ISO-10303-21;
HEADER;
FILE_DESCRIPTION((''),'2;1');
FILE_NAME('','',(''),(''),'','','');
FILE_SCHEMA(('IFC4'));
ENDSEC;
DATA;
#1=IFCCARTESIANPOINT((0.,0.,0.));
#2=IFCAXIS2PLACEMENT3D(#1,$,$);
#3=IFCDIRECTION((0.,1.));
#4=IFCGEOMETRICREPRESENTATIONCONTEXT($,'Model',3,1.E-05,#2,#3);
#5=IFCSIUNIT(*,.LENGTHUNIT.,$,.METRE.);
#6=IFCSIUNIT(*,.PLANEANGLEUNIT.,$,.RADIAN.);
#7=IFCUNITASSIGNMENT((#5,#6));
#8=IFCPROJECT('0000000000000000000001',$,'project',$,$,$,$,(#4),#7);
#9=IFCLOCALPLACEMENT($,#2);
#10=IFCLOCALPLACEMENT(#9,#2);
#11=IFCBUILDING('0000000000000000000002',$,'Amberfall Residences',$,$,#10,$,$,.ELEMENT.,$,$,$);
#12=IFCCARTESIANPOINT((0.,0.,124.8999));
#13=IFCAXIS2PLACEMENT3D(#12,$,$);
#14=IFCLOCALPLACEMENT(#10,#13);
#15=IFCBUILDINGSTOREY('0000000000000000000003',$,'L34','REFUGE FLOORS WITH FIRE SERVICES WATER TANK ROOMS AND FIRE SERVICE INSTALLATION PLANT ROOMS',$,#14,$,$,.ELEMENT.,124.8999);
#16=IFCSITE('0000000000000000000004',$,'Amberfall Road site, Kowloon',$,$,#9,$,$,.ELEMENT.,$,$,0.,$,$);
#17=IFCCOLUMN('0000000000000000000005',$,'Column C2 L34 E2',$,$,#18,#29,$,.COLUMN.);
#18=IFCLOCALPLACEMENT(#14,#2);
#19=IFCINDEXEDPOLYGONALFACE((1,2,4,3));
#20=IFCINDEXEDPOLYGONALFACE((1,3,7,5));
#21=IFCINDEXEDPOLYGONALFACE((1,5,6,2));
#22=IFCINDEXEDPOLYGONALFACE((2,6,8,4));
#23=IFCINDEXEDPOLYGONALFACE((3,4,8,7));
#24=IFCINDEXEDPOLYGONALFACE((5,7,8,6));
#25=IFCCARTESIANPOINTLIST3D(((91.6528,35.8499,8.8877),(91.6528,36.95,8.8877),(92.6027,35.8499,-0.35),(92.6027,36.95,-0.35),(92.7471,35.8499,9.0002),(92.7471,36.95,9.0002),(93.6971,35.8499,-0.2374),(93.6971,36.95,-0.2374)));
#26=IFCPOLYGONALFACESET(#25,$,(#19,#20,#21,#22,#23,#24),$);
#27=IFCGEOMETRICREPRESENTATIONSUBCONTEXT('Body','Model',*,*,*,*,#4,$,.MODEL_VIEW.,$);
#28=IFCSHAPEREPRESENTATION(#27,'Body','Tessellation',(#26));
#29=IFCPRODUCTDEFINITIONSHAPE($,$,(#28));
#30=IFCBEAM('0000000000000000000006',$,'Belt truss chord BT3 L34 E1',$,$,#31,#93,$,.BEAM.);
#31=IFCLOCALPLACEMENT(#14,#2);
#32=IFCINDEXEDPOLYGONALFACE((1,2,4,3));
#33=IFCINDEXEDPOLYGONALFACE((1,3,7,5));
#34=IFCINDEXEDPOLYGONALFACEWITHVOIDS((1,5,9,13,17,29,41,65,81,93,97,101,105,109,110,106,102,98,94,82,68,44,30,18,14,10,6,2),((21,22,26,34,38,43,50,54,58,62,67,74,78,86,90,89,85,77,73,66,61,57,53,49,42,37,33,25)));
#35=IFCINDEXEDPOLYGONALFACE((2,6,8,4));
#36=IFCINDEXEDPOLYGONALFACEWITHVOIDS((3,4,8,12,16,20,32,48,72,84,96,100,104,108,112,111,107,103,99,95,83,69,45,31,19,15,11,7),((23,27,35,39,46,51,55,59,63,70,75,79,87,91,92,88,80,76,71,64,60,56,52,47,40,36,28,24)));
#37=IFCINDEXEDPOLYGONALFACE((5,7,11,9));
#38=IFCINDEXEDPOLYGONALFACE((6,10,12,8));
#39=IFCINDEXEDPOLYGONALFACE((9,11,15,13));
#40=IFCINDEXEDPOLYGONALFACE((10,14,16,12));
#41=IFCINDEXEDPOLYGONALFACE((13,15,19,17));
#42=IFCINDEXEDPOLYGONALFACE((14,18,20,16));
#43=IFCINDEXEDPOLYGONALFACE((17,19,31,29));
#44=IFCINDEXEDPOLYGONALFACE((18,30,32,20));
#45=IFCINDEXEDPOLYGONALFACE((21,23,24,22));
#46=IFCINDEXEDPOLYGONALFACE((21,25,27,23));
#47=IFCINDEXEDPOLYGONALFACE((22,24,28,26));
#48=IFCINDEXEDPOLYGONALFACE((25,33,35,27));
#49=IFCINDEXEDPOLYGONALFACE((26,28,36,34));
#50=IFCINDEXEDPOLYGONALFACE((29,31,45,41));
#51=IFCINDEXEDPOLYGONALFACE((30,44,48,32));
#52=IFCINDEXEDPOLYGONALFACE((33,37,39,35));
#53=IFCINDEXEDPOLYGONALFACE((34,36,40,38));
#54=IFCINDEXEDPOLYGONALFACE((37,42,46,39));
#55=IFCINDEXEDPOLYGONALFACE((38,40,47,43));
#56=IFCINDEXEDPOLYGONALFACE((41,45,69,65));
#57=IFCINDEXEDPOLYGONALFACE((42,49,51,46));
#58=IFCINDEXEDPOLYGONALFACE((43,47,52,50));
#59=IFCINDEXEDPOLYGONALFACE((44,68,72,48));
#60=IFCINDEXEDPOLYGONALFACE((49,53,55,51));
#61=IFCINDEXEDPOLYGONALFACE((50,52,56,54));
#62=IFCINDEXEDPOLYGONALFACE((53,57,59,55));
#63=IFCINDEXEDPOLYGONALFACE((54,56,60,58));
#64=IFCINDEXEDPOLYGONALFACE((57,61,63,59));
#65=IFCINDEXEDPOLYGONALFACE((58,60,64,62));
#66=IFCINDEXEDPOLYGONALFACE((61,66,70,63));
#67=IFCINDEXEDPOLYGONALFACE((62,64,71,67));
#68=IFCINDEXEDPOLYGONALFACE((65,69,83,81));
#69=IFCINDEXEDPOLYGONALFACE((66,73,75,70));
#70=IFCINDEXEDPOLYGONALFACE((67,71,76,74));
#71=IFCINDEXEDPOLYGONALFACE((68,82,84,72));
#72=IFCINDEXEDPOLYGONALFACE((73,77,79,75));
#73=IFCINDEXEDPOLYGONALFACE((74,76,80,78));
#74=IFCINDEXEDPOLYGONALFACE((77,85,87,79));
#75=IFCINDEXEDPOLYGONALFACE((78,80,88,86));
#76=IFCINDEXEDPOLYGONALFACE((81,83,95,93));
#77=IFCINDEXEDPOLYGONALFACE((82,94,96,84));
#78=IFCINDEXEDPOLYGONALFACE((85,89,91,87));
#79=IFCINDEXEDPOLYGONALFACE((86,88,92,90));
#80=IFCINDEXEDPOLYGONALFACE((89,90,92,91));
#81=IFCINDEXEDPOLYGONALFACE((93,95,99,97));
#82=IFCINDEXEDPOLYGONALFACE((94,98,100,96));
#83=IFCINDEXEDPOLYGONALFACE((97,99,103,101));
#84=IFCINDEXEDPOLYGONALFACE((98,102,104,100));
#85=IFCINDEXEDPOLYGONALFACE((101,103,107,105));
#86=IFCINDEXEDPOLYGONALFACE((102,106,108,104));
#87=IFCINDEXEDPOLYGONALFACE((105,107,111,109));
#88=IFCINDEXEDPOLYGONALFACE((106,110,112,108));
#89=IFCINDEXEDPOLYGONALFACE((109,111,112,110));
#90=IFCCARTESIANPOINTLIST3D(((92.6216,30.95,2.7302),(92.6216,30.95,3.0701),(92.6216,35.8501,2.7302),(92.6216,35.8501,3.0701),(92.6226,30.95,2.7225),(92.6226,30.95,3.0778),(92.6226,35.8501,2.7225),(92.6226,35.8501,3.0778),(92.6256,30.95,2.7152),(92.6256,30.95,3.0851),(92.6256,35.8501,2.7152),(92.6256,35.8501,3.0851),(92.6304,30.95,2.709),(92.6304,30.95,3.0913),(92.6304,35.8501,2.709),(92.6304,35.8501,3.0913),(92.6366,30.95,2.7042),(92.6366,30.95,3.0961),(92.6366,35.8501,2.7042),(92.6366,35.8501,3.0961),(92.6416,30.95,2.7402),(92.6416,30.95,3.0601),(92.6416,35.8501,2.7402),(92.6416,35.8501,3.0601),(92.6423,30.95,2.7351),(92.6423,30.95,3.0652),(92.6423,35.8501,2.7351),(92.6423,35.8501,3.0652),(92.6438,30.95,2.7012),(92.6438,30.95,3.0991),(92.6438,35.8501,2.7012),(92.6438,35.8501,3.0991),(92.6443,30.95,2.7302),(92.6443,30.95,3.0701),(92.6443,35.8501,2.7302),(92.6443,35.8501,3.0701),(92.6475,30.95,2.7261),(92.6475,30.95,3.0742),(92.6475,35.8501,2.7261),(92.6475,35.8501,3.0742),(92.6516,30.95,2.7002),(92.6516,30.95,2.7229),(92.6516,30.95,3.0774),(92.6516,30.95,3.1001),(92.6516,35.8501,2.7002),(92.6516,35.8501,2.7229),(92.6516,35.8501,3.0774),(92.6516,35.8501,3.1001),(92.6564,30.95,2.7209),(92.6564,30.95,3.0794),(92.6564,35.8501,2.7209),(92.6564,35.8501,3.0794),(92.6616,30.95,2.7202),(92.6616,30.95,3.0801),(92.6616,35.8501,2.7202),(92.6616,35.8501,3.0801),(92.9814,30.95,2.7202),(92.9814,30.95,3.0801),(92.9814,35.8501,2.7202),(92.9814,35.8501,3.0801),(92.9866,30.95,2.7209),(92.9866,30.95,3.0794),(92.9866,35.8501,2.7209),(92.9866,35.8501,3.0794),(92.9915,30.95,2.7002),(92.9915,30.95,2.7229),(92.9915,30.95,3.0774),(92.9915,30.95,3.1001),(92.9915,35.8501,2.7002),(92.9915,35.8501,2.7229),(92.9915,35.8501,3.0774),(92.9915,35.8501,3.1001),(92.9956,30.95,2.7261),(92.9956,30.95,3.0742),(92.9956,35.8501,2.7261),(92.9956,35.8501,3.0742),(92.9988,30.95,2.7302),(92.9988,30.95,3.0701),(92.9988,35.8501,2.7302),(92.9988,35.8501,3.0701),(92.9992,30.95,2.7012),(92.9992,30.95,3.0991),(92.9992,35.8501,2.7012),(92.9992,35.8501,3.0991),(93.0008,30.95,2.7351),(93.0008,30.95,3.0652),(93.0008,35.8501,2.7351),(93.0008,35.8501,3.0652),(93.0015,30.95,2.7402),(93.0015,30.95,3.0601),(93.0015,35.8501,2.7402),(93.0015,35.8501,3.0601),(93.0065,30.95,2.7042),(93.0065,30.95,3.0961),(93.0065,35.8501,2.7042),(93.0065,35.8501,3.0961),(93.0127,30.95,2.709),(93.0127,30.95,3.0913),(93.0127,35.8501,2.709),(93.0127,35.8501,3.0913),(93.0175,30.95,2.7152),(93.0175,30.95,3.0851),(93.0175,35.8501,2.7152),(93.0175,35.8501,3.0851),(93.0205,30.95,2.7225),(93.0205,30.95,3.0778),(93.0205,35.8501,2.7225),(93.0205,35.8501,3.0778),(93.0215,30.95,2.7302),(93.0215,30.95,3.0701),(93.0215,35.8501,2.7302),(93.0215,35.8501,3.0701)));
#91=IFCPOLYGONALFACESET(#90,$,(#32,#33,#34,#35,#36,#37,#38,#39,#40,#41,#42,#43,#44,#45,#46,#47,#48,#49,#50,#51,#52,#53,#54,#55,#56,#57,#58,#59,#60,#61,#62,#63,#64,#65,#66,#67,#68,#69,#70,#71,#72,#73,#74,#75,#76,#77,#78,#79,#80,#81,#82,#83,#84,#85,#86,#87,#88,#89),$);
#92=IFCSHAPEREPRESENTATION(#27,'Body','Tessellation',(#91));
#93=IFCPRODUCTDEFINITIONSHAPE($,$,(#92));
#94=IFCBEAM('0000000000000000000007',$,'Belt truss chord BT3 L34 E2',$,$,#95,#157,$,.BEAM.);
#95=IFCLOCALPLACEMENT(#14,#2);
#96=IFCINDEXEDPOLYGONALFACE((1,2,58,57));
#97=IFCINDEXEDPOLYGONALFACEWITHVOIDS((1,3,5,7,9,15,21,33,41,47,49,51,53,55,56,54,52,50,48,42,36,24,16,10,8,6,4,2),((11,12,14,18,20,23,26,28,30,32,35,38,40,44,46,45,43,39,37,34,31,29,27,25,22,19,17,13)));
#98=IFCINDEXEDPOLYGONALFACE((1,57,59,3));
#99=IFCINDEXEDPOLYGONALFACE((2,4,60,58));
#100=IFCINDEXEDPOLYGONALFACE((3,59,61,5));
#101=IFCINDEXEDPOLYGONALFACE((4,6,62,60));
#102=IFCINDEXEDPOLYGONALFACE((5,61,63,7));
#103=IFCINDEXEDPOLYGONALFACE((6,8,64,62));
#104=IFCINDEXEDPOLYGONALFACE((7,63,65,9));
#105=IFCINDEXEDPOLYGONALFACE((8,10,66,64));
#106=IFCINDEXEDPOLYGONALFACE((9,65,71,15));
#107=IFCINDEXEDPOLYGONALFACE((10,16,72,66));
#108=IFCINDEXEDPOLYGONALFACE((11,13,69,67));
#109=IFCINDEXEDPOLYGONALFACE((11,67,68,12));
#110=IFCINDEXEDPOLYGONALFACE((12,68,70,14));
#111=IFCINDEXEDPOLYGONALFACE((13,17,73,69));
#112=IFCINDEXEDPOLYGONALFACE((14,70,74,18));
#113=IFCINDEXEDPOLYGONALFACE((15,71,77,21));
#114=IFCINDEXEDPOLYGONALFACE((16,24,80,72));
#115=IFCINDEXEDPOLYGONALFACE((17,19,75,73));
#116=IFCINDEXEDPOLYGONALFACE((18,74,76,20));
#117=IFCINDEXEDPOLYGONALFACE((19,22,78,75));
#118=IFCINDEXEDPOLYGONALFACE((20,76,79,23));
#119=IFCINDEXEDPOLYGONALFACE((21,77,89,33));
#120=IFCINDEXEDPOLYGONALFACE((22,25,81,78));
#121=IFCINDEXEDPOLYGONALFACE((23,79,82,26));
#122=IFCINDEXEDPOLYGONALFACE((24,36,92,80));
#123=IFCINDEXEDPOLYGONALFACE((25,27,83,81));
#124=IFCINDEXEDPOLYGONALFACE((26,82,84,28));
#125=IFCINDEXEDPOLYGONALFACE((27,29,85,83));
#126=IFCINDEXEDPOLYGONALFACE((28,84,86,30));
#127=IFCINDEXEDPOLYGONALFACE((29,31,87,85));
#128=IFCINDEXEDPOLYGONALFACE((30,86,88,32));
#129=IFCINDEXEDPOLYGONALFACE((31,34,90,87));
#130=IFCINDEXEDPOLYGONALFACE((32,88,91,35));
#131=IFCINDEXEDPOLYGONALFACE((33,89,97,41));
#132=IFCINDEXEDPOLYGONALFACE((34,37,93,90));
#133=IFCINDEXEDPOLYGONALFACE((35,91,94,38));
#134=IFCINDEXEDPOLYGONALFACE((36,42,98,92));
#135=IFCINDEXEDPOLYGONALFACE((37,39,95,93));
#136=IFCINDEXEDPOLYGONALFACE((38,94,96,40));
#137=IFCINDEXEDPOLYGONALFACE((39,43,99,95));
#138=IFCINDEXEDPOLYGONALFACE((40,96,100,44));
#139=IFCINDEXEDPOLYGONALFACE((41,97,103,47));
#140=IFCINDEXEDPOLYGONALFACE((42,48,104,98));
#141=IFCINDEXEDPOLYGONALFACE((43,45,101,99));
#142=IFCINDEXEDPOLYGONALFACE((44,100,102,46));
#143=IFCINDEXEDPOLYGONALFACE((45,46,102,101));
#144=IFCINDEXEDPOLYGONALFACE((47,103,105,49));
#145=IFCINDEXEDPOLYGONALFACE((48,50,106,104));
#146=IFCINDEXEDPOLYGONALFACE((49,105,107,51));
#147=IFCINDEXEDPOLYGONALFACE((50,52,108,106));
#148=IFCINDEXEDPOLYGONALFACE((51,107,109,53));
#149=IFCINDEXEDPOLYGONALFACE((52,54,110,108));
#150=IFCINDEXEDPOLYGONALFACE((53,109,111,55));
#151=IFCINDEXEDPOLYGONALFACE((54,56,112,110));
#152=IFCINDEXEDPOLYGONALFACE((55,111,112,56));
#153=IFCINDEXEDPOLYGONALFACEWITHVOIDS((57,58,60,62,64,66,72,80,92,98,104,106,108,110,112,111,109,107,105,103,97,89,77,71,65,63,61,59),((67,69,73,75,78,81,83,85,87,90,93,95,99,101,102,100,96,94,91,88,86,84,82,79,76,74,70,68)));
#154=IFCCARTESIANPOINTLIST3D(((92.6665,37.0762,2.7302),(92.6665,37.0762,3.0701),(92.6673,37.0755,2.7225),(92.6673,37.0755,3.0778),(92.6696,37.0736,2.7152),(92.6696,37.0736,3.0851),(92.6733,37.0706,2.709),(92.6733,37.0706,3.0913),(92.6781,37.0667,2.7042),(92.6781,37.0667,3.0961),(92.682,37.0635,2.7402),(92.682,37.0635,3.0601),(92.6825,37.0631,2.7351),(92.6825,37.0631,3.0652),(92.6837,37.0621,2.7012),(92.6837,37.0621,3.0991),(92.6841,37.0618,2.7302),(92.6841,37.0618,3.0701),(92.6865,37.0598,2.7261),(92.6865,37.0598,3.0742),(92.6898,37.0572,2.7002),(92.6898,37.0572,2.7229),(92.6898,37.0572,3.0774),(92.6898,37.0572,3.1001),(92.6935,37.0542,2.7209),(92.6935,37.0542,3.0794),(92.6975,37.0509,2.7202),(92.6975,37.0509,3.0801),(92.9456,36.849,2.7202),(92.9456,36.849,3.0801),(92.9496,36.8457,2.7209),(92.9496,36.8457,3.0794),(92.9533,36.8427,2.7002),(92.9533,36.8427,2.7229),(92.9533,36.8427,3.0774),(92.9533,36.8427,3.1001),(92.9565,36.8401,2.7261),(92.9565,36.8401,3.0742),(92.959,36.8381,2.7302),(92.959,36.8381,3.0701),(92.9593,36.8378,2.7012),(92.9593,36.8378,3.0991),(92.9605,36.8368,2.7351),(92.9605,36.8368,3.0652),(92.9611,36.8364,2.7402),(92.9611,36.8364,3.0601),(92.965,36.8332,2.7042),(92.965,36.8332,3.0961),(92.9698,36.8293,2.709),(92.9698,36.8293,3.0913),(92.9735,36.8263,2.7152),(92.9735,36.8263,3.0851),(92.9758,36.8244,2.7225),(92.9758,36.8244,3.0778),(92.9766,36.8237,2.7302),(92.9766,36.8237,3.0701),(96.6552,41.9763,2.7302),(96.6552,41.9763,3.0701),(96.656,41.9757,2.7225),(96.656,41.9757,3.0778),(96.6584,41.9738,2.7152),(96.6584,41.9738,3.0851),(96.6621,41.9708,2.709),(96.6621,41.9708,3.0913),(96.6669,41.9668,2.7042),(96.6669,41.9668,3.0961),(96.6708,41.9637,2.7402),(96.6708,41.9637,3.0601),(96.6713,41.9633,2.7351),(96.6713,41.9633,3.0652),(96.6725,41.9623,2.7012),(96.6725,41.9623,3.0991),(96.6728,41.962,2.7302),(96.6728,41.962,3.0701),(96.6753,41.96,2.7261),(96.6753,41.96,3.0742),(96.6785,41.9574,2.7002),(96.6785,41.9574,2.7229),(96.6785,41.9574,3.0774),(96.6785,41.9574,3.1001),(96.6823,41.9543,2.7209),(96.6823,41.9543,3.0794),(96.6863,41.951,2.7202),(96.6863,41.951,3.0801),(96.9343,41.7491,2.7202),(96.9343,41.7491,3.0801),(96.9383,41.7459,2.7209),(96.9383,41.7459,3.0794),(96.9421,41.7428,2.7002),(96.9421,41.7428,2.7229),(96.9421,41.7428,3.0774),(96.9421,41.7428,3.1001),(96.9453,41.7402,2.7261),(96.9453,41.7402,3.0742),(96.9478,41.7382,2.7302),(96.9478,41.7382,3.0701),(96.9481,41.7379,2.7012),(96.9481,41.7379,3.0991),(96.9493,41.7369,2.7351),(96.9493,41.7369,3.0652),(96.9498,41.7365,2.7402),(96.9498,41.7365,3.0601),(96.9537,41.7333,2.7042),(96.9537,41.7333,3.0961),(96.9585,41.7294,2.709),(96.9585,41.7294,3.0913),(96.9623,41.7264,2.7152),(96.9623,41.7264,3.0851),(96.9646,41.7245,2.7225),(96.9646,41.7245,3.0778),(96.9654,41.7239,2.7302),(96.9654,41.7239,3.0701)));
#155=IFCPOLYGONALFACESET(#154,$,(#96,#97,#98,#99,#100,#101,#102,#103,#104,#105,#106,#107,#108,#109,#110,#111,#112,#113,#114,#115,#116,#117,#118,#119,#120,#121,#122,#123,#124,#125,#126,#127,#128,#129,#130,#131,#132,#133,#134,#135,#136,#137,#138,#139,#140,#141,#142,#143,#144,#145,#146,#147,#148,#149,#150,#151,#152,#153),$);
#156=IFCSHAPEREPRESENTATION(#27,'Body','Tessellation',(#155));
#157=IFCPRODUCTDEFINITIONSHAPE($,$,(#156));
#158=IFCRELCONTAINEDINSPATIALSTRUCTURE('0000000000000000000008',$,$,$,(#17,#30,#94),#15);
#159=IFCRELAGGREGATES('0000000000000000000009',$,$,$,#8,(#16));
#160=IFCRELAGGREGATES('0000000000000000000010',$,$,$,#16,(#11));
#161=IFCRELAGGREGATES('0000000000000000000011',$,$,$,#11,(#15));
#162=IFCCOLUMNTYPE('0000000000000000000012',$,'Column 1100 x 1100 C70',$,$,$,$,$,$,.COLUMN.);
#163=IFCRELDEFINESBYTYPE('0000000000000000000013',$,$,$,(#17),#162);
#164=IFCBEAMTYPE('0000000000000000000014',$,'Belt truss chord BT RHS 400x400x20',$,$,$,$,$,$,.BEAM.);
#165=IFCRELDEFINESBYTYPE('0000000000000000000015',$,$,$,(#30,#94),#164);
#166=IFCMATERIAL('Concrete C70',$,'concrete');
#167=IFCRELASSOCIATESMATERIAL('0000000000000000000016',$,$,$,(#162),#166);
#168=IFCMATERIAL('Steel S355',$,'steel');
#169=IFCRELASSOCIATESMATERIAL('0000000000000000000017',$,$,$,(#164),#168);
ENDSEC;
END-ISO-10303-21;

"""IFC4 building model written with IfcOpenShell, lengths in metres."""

from ifc_helpers import new_model, si_unit, direction, frame, origin, origin_2d, place, context, subcontext, project, spatial, rectangle, hollow_rectangle, extrude, material, material_profile, profile_set, type_object, element, save


model = new_model("IFC4")

# Units and contexts
model_context = context("Model", 3, precision=1e-05, world=origin(), true_north=direction((0.0, 1.0)))
body_context = subcontext(model_context, "Body", "Model", "MODEL_VIEW")
ifc_project = project(units=[si_unit("LENGTHUNIT", "METRE"), si_unit("PLANEANGLEUNIT", "RADIAN")], contexts=[model_context])

# Site, building, storey
site_placement = place(None, origin())
site = spatial("IfcSite", under=ifc_project, at=site_placement, Name="Amberfall Road site, Kowloon", CompositionType="ELEMENT", RefElevation=0.0)
building_placement = place(site_placement, origin())
building = spatial("IfcBuilding", under=site, at=building_placement, Name="Amberfall Residences", CompositionType="ELEMENT")
storey_placement = place(building_placement, frame((0.0, 0.0, 124.8999)))
storey = spatial("IfcBuildingStorey", under=building, at=storey_placement, Name="L34", Description="REFUGE FLOORS WITH FIRE SERVICES WATER TANK ROOMS AND FIRE SERVICE INSTALLATION PLANT ROOMS", CompositionType="ELEMENT", Elevation=124.8999)

# Column
ifc_material_1 = material(Name="Concrete C70", Category="concrete")
ifc_material_profile_1 = material_profile(ifc_material_1, rectangle(XDim=1.1001, YDim=1.1001, at=origin_2d()), Name="Column 1100 x 1100 C70")
ifc_profile_set_1 = profile_set([ifc_material_profile_1], Name="Concrete C70")
column_type = type_object("IfcColumnType", Name="Column 1100 x 1100 C70", PredefinedType="COLUMN", material=ifc_profile_set_1)
column_placement = place(storey_placement, frame((93.1499, 36.3999, -0.2937), z_axis=(-0.102296, 0.0, 0.994754), x_axis=(0.0, -1.0, 0.0)))
element("IfcColumn", 1, at=column_placement, inside=storey, type_object=column_type, Name="Column C2 L34 E2", PredefinedType="COLUMN", context=body_context, shape_type="SweptSolid", body=[
    extrude(rectangle(XDim=1.1001, YDim=1.1001, at=origin_2d()), origin(), (0.0, 0.0, 1.0), 9.2864),
])

# Beams
ifc_material_2 = material(Name="Steel S355", Category="steel")
ifc_material_profile_2 = material_profile(ifc_material_2, hollow_rectangle(XDim=0.3999, YDim=0.3999, WallThickness=0.02, InnerFilletRadius=0.02, OuterFilletRadius=0.03, at=origin_2d()), Name="RHS 400x400x20")
ifc_profile_set_2 = profile_set([ifc_material_profile_2], Name="Steel S355")
beam_type_1 = type_object("IfcBeamType", Name="Belt truss chord BT RHS 400x400x20", PredefinedType="BEAM", material=ifc_profile_set_2)
beam_1_placement = place(storey_placement, frame((92.8215, 30.95, 2.9001), z_axis=(0.0, 1.0, 0.0), x_axis=(-1.0, 0.0, 0.0)))
element("IfcBeam", 2, at=beam_1_placement, inside=storey, type_object=beam_type_1, Name="Belt truss chord BT3 L34 E1", PredefinedType="BEAM", context=body_context, shape_type="SweptSolid", body=[
    extrude(hollow_rectangle(XDim=0.3999, YDim=0.3999, WallThickness=0.02, InnerFilletRadius=0.02, OuterFilletRadius=0.03, at=origin_2d()), origin(), (0.0, 0.0, 1.0), 4.9001),
])
beam_2_placement = place(storey_placement, frame((92.8215, 36.95, 2.9001), z_axis=(0.631298, 0.77554, 0.0), x_axis=(-0.77554, 0.631298, 0.0)))
element("IfcBeam", 3, at=beam_2_placement, inside=storey, type_object=beam_type_1, Name="Belt truss chord BT3 L34 E2", PredefinedType="BEAM", context=body_context, shape_type="SweptSolid", body=[
    extrude(hollow_rectangle(XDim=0.3999, YDim=0.3999, WallThickness=0.02, InnerFilletRadius=0.02, OuterFilletRadius=0.03, at=origin_2d()), origin(), (0.0, 0.0, 1.0), 6.3184),
])

save(model, "model.ifc")
